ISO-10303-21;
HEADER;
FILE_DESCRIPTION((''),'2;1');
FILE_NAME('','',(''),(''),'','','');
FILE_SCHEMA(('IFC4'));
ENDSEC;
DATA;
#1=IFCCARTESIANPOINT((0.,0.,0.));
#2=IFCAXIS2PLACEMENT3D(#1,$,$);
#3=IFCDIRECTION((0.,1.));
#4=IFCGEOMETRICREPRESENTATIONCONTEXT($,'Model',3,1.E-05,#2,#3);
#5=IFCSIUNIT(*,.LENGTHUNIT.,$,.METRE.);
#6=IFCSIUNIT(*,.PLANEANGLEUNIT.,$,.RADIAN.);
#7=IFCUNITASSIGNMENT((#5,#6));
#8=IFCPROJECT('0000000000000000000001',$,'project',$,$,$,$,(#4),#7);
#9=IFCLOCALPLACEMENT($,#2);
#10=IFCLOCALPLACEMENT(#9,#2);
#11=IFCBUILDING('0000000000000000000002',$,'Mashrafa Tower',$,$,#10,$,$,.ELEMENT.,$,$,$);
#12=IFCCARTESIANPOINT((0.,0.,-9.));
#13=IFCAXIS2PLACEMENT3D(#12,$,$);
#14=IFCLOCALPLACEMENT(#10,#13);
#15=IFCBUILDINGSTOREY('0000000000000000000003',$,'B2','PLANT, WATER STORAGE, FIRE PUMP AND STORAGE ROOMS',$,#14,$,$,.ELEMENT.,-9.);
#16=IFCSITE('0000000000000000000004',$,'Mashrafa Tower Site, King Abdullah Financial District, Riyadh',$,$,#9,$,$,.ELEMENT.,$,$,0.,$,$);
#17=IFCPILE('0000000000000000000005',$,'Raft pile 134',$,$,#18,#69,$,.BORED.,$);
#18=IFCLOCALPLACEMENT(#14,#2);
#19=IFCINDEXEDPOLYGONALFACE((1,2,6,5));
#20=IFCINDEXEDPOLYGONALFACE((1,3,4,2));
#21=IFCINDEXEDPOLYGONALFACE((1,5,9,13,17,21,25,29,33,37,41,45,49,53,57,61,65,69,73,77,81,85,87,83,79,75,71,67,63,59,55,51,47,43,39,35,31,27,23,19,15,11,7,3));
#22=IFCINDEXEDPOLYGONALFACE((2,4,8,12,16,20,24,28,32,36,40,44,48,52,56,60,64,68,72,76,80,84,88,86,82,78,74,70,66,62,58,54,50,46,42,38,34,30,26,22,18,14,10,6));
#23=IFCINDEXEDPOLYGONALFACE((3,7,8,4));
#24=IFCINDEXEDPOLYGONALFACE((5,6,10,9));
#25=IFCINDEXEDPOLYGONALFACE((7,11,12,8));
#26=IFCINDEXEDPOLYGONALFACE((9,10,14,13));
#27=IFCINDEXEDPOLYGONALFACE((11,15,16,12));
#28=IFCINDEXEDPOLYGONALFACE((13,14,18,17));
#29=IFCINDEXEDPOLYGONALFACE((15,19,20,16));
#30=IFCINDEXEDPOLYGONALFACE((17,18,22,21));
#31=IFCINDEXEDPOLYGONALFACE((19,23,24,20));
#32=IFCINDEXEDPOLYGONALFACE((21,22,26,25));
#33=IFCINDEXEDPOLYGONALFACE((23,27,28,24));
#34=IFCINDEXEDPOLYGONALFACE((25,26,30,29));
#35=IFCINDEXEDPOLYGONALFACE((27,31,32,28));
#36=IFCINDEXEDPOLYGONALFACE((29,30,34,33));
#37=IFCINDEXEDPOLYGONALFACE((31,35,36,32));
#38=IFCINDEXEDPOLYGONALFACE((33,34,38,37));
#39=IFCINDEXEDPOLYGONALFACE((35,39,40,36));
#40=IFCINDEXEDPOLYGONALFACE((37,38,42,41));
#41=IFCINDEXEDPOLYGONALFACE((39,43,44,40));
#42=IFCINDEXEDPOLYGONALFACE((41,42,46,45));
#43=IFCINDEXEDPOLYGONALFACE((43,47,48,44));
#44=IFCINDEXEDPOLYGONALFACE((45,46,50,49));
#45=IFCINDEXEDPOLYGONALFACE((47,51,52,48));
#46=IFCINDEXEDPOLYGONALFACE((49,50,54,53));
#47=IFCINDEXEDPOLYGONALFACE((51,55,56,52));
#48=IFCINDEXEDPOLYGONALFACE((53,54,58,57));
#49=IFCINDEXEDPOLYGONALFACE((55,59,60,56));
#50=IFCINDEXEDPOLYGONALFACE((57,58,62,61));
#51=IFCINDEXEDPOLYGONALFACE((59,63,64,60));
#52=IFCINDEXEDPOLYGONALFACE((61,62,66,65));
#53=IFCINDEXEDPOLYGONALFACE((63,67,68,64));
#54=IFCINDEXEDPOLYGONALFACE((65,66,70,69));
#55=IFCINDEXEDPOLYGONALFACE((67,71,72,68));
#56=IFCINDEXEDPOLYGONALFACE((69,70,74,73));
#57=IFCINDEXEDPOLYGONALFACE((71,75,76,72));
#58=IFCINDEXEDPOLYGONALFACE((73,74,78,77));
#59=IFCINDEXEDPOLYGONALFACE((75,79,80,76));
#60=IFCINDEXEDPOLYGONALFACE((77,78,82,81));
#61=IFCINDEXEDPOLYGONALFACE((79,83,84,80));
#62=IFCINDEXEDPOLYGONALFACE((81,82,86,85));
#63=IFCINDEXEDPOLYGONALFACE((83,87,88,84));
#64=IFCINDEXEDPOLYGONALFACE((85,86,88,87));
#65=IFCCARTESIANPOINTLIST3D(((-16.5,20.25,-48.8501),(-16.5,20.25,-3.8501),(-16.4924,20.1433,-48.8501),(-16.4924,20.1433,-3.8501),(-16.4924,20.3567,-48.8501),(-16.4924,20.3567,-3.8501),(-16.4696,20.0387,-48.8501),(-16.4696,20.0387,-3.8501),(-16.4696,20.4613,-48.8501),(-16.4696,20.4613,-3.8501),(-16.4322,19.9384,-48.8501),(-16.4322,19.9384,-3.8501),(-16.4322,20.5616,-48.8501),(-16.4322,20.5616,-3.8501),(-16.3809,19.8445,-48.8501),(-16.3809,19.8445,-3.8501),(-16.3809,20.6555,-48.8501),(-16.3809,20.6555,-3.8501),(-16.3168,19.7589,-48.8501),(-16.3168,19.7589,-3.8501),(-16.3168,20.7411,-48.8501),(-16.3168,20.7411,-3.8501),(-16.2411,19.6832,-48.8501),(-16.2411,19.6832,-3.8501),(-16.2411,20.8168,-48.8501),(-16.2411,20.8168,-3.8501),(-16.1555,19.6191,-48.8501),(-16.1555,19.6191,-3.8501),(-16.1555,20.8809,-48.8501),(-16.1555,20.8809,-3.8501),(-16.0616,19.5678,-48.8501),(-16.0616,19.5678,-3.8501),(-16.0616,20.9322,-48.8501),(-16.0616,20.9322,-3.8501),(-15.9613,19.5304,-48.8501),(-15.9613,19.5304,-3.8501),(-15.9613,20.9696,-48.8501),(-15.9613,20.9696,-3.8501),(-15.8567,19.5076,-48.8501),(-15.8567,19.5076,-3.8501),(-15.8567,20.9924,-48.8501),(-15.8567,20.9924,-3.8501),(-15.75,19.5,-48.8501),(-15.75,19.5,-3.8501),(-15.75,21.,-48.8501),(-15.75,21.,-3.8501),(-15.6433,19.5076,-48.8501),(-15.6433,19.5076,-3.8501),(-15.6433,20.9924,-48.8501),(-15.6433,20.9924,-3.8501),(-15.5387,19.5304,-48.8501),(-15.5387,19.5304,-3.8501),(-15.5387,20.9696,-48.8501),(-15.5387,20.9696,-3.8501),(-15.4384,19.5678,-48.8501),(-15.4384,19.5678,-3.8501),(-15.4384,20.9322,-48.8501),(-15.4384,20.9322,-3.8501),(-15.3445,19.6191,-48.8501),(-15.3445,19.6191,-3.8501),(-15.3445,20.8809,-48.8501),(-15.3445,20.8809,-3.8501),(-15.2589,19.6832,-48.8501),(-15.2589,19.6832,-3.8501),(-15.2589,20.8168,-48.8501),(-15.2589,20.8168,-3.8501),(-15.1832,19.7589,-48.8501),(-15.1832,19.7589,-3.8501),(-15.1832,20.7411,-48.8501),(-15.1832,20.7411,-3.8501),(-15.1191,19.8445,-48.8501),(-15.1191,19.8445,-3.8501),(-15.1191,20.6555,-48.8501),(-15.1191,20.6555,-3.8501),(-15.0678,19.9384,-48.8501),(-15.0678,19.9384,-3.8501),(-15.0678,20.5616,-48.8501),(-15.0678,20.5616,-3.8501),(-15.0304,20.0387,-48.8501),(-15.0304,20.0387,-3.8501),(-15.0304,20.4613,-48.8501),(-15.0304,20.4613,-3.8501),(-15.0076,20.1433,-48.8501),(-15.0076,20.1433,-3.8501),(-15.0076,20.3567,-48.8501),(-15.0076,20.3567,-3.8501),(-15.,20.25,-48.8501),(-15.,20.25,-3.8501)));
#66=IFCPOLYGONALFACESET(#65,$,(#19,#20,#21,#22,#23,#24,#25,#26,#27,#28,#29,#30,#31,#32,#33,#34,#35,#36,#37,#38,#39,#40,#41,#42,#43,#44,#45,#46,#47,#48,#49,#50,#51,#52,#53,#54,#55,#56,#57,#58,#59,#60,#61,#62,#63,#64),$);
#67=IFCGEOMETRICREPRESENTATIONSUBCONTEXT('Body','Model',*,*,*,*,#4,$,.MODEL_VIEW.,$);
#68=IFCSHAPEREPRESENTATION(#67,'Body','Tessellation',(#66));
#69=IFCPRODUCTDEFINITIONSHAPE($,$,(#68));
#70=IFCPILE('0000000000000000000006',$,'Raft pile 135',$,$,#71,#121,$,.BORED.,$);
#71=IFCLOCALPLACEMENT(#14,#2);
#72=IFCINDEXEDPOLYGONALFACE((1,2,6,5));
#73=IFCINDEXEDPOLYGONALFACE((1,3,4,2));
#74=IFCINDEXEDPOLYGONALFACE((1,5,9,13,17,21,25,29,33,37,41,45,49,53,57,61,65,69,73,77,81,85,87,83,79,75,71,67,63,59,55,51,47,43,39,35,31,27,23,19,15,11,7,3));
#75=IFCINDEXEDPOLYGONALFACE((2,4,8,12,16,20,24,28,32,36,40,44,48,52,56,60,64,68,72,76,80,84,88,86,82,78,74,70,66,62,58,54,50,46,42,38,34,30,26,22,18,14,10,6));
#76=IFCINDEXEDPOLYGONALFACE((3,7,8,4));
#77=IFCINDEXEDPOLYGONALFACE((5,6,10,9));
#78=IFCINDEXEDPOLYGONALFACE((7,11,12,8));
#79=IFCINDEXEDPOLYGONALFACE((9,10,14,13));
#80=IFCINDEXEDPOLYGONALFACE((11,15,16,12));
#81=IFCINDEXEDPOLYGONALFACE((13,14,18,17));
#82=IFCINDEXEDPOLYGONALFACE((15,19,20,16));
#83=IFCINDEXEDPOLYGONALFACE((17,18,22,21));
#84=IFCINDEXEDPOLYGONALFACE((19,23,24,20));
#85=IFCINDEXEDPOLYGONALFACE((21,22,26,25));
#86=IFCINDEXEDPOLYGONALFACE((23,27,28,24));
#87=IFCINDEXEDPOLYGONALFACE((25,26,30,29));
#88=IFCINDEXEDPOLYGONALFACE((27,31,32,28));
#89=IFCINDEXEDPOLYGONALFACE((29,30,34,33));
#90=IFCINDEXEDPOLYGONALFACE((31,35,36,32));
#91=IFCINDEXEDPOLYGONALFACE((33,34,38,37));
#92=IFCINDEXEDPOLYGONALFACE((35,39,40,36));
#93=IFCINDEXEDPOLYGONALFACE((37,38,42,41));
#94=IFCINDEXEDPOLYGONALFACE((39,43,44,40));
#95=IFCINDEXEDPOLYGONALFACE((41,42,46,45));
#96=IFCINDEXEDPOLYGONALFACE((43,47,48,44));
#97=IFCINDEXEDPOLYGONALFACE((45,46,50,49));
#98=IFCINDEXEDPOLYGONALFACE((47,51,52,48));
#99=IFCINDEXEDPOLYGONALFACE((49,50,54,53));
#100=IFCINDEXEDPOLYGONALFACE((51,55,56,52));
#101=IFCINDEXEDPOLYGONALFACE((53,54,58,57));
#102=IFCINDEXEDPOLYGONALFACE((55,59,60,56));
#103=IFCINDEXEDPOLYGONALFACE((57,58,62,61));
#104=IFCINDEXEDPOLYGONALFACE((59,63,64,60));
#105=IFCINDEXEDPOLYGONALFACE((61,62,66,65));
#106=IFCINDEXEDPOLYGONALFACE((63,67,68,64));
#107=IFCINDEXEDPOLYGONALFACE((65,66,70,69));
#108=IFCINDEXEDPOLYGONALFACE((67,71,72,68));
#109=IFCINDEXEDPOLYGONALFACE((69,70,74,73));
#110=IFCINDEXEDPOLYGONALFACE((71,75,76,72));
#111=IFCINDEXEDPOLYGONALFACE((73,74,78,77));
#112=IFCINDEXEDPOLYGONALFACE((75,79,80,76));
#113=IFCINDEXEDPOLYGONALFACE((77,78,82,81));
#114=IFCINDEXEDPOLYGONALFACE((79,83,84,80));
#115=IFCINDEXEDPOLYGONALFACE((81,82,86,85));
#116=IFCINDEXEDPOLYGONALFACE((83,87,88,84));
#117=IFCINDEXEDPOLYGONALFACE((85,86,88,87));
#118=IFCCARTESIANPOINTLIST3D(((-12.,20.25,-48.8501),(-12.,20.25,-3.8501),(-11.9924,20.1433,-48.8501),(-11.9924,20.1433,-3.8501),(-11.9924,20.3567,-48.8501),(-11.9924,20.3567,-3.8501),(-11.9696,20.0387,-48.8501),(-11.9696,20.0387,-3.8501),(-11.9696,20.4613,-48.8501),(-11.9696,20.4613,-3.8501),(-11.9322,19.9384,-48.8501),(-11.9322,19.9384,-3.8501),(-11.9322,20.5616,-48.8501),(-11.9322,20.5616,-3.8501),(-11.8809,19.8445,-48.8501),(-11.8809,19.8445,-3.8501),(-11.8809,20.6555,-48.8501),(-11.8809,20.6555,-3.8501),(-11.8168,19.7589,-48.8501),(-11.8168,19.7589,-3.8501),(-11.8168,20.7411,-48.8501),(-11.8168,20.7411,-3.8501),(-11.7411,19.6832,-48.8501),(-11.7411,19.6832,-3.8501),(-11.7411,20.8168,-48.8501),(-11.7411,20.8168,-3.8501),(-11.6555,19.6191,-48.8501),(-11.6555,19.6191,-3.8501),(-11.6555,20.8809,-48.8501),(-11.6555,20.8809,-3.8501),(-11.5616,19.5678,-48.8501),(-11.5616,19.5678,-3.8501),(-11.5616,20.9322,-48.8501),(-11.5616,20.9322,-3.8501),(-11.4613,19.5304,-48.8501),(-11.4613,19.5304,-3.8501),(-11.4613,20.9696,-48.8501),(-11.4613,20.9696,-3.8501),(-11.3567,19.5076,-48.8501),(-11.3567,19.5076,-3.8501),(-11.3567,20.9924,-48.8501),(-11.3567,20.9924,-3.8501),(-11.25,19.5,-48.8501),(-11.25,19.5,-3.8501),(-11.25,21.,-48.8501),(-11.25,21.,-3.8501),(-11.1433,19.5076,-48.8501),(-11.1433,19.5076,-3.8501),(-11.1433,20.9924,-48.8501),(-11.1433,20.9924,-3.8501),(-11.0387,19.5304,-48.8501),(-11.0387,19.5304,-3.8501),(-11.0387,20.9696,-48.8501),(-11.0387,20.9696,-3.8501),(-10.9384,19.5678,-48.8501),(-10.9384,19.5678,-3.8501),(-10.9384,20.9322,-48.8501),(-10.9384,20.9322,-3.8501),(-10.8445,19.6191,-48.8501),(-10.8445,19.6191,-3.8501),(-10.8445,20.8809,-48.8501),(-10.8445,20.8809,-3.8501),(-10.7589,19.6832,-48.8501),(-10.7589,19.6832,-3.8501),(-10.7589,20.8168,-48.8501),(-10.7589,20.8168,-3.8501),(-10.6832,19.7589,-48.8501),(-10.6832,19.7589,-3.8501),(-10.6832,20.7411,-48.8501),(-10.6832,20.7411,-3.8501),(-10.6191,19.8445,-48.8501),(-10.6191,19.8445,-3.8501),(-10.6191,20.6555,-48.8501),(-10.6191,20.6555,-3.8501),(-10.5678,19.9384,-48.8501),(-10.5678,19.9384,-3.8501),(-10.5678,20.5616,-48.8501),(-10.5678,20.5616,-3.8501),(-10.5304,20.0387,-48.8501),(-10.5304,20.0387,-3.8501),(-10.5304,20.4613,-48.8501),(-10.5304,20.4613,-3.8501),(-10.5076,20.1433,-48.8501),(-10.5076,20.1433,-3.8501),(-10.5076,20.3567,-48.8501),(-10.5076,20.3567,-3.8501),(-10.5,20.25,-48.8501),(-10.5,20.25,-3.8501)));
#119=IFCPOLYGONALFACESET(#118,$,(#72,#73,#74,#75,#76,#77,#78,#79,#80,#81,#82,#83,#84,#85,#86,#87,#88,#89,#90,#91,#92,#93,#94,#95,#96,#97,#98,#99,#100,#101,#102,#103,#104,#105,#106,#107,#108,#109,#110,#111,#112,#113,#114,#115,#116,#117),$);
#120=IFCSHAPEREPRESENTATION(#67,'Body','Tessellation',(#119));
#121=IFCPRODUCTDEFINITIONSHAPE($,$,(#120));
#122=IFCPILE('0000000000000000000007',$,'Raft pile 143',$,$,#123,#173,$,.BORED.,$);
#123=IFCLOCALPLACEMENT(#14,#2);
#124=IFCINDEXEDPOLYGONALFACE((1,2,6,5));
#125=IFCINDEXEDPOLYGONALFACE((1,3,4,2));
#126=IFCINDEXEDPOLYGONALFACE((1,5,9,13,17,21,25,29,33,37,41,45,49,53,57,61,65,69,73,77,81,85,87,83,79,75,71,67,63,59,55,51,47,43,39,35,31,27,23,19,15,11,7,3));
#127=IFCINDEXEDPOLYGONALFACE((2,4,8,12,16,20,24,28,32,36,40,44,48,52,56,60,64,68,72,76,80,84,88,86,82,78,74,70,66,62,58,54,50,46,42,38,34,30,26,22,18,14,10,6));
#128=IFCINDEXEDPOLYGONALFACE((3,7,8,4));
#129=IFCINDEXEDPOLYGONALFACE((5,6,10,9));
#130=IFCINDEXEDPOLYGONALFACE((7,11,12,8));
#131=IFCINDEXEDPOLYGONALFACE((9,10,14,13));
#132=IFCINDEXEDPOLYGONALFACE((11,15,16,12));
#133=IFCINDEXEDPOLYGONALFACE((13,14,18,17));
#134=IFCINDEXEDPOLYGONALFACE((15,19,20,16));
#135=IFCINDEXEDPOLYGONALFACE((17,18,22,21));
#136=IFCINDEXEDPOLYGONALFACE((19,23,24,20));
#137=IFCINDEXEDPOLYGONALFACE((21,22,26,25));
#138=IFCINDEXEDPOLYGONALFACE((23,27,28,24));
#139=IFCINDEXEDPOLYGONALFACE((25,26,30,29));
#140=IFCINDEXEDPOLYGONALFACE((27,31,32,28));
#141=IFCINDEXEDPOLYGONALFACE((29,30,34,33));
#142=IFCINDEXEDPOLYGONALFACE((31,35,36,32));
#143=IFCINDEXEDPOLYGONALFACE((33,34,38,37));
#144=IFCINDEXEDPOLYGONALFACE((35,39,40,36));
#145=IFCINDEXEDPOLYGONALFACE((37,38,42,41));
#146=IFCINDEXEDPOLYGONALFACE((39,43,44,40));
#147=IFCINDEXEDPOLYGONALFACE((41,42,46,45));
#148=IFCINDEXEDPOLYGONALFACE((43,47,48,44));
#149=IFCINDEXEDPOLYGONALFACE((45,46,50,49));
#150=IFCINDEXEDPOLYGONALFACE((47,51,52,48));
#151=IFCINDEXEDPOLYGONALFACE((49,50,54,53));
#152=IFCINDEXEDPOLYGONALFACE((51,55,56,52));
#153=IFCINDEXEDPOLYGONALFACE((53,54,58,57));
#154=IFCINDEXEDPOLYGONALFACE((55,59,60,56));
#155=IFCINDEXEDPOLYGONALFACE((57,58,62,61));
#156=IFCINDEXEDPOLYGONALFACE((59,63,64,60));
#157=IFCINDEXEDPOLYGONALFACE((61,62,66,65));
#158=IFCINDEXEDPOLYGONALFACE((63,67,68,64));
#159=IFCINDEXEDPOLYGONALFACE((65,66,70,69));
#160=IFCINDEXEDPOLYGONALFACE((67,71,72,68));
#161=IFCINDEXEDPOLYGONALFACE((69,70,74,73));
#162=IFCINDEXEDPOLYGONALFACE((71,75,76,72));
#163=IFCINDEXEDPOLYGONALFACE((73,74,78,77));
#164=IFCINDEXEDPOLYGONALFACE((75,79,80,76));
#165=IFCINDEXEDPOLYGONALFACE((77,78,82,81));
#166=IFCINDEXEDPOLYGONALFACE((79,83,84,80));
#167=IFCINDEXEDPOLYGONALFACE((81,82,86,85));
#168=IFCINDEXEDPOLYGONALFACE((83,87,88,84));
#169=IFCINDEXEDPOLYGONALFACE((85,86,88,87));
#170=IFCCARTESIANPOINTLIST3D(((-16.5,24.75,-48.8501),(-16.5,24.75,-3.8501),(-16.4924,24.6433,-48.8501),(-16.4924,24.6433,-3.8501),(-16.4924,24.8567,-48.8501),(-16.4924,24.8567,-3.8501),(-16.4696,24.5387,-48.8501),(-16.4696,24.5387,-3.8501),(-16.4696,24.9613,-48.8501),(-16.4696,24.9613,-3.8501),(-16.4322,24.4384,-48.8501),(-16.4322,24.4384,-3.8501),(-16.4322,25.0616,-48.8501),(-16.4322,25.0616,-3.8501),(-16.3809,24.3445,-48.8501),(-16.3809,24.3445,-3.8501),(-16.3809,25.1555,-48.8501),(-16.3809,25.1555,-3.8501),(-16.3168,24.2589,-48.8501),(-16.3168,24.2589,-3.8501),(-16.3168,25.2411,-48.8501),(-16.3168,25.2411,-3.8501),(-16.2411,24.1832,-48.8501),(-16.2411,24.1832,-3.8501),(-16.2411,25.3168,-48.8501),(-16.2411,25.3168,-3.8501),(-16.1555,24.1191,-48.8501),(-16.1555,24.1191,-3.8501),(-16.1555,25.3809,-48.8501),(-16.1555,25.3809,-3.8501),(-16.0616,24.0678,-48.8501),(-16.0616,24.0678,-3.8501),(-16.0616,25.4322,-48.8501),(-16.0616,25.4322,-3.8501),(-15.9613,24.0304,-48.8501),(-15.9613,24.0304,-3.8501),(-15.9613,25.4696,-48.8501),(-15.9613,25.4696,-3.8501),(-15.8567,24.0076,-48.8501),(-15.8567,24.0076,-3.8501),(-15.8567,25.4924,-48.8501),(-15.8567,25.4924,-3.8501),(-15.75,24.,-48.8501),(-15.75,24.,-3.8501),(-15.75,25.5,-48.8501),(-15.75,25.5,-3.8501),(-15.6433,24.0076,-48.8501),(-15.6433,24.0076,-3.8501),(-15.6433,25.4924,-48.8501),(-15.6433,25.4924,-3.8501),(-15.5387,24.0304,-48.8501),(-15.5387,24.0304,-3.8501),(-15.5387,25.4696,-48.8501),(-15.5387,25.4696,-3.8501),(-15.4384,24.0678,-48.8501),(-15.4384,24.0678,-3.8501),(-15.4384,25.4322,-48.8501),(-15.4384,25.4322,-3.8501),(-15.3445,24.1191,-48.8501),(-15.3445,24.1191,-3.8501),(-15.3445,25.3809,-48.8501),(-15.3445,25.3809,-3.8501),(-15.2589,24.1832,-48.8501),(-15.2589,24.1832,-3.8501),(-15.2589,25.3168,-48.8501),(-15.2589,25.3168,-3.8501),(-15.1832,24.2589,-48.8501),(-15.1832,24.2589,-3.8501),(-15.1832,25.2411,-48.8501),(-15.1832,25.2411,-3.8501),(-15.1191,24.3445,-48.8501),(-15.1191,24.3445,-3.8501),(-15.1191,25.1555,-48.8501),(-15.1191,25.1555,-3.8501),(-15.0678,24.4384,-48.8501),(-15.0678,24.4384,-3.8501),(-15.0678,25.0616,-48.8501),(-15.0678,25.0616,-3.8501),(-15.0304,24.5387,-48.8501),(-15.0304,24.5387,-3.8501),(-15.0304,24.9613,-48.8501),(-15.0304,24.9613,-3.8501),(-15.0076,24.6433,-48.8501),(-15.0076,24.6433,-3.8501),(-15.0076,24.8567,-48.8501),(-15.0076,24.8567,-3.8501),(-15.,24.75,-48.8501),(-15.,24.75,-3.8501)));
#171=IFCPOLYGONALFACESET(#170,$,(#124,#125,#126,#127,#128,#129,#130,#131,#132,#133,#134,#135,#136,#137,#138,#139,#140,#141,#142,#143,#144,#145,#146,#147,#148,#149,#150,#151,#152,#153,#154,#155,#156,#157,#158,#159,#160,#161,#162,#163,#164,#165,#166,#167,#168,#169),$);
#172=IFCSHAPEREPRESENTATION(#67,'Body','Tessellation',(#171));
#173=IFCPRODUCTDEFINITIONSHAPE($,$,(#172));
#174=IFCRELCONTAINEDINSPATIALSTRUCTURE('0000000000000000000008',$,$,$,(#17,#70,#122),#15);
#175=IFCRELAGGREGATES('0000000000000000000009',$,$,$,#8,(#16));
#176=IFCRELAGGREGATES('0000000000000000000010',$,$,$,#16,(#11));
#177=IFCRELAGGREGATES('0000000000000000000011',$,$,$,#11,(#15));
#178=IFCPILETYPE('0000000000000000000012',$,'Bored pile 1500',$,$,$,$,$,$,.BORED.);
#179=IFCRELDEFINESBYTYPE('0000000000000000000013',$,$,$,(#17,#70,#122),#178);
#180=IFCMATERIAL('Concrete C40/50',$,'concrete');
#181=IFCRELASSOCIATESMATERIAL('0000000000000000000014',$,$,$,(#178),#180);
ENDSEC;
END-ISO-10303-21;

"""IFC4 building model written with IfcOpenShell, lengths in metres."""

from ifc_helpers import new_model, si_unit, direction, frame, origin, origin_2d, place, context, subcontext, project, spatial, circle, extrude, material, material_profile, profile_set, type_object, element, save


model = new_model("IFC4")

# Units and contexts
model_context = context("Model", 3, precision=1e-05, world=origin(), true_north=direction((0.0, 1.0)))
body_context = subcontext(model_context, "Body", "Model", "MODEL_VIEW")
ifc_project = project(units=[si_unit("LENGTHUNIT", "METRE"), si_unit("PLANEANGLEUNIT", "RADIAN")], contexts=[model_context])

# Site, building, storey
site_placement = place(None, origin())
site = spatial("IfcSite", under=ifc_project, at=site_placement, Name="Mashrafa Tower Site, King Abdullah Financial District, Riyadh", CompositionType="ELEMENT", RefElevation=0.0)
building_placement = place(site_placement, origin())
building = spatial("IfcBuilding", under=site, at=building_placement, Name="Mashrafa Tower", CompositionType="ELEMENT")
storey_placement = place(building_placement, frame((0.0, 0.0, -9.0)))
storey = spatial("IfcBuildingStorey", under=building, at=storey_placement, Name="B2", Description="PLANT, WATER STORAGE, FIRE PUMP AND STORAGE ROOMS", CompositionType="ELEMENT", Elevation=-9.0)

# Piles
ifc_material_1 = material(Name="Concrete C40/50", Category="concrete")
ifc_material_profile_1 = material_profile(ifc_material_1, circle(Radius=0.75, at=origin_2d()), Name="1500 DIA")
ifc_profile_set_1 = profile_set([ifc_material_profile_1], Name="Concrete C40/50")
pile_type_1 = type_object("IfcPileType", Name="Bored pile 1500", PredefinedType="BORED", material=ifc_profile_set_1)
for number, where, z_axis, x_axis, name in (
    (1, (-15.75, 20.25, -3.8501), (0.0, 0.0, -1.0), (1.0, 0.0, 0.0), "Raft pile 134"),
    (2, (-11.25, 20.25, -3.8501), (0.0, 0.0, -1.0), (1.0, 0.0, 0.0), "Raft pile 135"),
    (3, (-15.75, 24.75, -3.8501), (0.0, 0.0, -1.0), (1.0, 0.0, 0.0), "Raft pile 143"),
):
    element("IfcPile", number, at=place(storey_placement, frame(where, z_axis=z_axis, x_axis=x_axis)), inside=storey, type_object=pile_type_1, Name=name, PredefinedType="BORED", context=body_context, shape_type="SweptSolid", body=[
        extrude(circle(Radius=0.75, at=origin_2d()), origin(), (0.0, 0.0, 1.0), 45.0),
    ])

save(model, "model.ifc")
